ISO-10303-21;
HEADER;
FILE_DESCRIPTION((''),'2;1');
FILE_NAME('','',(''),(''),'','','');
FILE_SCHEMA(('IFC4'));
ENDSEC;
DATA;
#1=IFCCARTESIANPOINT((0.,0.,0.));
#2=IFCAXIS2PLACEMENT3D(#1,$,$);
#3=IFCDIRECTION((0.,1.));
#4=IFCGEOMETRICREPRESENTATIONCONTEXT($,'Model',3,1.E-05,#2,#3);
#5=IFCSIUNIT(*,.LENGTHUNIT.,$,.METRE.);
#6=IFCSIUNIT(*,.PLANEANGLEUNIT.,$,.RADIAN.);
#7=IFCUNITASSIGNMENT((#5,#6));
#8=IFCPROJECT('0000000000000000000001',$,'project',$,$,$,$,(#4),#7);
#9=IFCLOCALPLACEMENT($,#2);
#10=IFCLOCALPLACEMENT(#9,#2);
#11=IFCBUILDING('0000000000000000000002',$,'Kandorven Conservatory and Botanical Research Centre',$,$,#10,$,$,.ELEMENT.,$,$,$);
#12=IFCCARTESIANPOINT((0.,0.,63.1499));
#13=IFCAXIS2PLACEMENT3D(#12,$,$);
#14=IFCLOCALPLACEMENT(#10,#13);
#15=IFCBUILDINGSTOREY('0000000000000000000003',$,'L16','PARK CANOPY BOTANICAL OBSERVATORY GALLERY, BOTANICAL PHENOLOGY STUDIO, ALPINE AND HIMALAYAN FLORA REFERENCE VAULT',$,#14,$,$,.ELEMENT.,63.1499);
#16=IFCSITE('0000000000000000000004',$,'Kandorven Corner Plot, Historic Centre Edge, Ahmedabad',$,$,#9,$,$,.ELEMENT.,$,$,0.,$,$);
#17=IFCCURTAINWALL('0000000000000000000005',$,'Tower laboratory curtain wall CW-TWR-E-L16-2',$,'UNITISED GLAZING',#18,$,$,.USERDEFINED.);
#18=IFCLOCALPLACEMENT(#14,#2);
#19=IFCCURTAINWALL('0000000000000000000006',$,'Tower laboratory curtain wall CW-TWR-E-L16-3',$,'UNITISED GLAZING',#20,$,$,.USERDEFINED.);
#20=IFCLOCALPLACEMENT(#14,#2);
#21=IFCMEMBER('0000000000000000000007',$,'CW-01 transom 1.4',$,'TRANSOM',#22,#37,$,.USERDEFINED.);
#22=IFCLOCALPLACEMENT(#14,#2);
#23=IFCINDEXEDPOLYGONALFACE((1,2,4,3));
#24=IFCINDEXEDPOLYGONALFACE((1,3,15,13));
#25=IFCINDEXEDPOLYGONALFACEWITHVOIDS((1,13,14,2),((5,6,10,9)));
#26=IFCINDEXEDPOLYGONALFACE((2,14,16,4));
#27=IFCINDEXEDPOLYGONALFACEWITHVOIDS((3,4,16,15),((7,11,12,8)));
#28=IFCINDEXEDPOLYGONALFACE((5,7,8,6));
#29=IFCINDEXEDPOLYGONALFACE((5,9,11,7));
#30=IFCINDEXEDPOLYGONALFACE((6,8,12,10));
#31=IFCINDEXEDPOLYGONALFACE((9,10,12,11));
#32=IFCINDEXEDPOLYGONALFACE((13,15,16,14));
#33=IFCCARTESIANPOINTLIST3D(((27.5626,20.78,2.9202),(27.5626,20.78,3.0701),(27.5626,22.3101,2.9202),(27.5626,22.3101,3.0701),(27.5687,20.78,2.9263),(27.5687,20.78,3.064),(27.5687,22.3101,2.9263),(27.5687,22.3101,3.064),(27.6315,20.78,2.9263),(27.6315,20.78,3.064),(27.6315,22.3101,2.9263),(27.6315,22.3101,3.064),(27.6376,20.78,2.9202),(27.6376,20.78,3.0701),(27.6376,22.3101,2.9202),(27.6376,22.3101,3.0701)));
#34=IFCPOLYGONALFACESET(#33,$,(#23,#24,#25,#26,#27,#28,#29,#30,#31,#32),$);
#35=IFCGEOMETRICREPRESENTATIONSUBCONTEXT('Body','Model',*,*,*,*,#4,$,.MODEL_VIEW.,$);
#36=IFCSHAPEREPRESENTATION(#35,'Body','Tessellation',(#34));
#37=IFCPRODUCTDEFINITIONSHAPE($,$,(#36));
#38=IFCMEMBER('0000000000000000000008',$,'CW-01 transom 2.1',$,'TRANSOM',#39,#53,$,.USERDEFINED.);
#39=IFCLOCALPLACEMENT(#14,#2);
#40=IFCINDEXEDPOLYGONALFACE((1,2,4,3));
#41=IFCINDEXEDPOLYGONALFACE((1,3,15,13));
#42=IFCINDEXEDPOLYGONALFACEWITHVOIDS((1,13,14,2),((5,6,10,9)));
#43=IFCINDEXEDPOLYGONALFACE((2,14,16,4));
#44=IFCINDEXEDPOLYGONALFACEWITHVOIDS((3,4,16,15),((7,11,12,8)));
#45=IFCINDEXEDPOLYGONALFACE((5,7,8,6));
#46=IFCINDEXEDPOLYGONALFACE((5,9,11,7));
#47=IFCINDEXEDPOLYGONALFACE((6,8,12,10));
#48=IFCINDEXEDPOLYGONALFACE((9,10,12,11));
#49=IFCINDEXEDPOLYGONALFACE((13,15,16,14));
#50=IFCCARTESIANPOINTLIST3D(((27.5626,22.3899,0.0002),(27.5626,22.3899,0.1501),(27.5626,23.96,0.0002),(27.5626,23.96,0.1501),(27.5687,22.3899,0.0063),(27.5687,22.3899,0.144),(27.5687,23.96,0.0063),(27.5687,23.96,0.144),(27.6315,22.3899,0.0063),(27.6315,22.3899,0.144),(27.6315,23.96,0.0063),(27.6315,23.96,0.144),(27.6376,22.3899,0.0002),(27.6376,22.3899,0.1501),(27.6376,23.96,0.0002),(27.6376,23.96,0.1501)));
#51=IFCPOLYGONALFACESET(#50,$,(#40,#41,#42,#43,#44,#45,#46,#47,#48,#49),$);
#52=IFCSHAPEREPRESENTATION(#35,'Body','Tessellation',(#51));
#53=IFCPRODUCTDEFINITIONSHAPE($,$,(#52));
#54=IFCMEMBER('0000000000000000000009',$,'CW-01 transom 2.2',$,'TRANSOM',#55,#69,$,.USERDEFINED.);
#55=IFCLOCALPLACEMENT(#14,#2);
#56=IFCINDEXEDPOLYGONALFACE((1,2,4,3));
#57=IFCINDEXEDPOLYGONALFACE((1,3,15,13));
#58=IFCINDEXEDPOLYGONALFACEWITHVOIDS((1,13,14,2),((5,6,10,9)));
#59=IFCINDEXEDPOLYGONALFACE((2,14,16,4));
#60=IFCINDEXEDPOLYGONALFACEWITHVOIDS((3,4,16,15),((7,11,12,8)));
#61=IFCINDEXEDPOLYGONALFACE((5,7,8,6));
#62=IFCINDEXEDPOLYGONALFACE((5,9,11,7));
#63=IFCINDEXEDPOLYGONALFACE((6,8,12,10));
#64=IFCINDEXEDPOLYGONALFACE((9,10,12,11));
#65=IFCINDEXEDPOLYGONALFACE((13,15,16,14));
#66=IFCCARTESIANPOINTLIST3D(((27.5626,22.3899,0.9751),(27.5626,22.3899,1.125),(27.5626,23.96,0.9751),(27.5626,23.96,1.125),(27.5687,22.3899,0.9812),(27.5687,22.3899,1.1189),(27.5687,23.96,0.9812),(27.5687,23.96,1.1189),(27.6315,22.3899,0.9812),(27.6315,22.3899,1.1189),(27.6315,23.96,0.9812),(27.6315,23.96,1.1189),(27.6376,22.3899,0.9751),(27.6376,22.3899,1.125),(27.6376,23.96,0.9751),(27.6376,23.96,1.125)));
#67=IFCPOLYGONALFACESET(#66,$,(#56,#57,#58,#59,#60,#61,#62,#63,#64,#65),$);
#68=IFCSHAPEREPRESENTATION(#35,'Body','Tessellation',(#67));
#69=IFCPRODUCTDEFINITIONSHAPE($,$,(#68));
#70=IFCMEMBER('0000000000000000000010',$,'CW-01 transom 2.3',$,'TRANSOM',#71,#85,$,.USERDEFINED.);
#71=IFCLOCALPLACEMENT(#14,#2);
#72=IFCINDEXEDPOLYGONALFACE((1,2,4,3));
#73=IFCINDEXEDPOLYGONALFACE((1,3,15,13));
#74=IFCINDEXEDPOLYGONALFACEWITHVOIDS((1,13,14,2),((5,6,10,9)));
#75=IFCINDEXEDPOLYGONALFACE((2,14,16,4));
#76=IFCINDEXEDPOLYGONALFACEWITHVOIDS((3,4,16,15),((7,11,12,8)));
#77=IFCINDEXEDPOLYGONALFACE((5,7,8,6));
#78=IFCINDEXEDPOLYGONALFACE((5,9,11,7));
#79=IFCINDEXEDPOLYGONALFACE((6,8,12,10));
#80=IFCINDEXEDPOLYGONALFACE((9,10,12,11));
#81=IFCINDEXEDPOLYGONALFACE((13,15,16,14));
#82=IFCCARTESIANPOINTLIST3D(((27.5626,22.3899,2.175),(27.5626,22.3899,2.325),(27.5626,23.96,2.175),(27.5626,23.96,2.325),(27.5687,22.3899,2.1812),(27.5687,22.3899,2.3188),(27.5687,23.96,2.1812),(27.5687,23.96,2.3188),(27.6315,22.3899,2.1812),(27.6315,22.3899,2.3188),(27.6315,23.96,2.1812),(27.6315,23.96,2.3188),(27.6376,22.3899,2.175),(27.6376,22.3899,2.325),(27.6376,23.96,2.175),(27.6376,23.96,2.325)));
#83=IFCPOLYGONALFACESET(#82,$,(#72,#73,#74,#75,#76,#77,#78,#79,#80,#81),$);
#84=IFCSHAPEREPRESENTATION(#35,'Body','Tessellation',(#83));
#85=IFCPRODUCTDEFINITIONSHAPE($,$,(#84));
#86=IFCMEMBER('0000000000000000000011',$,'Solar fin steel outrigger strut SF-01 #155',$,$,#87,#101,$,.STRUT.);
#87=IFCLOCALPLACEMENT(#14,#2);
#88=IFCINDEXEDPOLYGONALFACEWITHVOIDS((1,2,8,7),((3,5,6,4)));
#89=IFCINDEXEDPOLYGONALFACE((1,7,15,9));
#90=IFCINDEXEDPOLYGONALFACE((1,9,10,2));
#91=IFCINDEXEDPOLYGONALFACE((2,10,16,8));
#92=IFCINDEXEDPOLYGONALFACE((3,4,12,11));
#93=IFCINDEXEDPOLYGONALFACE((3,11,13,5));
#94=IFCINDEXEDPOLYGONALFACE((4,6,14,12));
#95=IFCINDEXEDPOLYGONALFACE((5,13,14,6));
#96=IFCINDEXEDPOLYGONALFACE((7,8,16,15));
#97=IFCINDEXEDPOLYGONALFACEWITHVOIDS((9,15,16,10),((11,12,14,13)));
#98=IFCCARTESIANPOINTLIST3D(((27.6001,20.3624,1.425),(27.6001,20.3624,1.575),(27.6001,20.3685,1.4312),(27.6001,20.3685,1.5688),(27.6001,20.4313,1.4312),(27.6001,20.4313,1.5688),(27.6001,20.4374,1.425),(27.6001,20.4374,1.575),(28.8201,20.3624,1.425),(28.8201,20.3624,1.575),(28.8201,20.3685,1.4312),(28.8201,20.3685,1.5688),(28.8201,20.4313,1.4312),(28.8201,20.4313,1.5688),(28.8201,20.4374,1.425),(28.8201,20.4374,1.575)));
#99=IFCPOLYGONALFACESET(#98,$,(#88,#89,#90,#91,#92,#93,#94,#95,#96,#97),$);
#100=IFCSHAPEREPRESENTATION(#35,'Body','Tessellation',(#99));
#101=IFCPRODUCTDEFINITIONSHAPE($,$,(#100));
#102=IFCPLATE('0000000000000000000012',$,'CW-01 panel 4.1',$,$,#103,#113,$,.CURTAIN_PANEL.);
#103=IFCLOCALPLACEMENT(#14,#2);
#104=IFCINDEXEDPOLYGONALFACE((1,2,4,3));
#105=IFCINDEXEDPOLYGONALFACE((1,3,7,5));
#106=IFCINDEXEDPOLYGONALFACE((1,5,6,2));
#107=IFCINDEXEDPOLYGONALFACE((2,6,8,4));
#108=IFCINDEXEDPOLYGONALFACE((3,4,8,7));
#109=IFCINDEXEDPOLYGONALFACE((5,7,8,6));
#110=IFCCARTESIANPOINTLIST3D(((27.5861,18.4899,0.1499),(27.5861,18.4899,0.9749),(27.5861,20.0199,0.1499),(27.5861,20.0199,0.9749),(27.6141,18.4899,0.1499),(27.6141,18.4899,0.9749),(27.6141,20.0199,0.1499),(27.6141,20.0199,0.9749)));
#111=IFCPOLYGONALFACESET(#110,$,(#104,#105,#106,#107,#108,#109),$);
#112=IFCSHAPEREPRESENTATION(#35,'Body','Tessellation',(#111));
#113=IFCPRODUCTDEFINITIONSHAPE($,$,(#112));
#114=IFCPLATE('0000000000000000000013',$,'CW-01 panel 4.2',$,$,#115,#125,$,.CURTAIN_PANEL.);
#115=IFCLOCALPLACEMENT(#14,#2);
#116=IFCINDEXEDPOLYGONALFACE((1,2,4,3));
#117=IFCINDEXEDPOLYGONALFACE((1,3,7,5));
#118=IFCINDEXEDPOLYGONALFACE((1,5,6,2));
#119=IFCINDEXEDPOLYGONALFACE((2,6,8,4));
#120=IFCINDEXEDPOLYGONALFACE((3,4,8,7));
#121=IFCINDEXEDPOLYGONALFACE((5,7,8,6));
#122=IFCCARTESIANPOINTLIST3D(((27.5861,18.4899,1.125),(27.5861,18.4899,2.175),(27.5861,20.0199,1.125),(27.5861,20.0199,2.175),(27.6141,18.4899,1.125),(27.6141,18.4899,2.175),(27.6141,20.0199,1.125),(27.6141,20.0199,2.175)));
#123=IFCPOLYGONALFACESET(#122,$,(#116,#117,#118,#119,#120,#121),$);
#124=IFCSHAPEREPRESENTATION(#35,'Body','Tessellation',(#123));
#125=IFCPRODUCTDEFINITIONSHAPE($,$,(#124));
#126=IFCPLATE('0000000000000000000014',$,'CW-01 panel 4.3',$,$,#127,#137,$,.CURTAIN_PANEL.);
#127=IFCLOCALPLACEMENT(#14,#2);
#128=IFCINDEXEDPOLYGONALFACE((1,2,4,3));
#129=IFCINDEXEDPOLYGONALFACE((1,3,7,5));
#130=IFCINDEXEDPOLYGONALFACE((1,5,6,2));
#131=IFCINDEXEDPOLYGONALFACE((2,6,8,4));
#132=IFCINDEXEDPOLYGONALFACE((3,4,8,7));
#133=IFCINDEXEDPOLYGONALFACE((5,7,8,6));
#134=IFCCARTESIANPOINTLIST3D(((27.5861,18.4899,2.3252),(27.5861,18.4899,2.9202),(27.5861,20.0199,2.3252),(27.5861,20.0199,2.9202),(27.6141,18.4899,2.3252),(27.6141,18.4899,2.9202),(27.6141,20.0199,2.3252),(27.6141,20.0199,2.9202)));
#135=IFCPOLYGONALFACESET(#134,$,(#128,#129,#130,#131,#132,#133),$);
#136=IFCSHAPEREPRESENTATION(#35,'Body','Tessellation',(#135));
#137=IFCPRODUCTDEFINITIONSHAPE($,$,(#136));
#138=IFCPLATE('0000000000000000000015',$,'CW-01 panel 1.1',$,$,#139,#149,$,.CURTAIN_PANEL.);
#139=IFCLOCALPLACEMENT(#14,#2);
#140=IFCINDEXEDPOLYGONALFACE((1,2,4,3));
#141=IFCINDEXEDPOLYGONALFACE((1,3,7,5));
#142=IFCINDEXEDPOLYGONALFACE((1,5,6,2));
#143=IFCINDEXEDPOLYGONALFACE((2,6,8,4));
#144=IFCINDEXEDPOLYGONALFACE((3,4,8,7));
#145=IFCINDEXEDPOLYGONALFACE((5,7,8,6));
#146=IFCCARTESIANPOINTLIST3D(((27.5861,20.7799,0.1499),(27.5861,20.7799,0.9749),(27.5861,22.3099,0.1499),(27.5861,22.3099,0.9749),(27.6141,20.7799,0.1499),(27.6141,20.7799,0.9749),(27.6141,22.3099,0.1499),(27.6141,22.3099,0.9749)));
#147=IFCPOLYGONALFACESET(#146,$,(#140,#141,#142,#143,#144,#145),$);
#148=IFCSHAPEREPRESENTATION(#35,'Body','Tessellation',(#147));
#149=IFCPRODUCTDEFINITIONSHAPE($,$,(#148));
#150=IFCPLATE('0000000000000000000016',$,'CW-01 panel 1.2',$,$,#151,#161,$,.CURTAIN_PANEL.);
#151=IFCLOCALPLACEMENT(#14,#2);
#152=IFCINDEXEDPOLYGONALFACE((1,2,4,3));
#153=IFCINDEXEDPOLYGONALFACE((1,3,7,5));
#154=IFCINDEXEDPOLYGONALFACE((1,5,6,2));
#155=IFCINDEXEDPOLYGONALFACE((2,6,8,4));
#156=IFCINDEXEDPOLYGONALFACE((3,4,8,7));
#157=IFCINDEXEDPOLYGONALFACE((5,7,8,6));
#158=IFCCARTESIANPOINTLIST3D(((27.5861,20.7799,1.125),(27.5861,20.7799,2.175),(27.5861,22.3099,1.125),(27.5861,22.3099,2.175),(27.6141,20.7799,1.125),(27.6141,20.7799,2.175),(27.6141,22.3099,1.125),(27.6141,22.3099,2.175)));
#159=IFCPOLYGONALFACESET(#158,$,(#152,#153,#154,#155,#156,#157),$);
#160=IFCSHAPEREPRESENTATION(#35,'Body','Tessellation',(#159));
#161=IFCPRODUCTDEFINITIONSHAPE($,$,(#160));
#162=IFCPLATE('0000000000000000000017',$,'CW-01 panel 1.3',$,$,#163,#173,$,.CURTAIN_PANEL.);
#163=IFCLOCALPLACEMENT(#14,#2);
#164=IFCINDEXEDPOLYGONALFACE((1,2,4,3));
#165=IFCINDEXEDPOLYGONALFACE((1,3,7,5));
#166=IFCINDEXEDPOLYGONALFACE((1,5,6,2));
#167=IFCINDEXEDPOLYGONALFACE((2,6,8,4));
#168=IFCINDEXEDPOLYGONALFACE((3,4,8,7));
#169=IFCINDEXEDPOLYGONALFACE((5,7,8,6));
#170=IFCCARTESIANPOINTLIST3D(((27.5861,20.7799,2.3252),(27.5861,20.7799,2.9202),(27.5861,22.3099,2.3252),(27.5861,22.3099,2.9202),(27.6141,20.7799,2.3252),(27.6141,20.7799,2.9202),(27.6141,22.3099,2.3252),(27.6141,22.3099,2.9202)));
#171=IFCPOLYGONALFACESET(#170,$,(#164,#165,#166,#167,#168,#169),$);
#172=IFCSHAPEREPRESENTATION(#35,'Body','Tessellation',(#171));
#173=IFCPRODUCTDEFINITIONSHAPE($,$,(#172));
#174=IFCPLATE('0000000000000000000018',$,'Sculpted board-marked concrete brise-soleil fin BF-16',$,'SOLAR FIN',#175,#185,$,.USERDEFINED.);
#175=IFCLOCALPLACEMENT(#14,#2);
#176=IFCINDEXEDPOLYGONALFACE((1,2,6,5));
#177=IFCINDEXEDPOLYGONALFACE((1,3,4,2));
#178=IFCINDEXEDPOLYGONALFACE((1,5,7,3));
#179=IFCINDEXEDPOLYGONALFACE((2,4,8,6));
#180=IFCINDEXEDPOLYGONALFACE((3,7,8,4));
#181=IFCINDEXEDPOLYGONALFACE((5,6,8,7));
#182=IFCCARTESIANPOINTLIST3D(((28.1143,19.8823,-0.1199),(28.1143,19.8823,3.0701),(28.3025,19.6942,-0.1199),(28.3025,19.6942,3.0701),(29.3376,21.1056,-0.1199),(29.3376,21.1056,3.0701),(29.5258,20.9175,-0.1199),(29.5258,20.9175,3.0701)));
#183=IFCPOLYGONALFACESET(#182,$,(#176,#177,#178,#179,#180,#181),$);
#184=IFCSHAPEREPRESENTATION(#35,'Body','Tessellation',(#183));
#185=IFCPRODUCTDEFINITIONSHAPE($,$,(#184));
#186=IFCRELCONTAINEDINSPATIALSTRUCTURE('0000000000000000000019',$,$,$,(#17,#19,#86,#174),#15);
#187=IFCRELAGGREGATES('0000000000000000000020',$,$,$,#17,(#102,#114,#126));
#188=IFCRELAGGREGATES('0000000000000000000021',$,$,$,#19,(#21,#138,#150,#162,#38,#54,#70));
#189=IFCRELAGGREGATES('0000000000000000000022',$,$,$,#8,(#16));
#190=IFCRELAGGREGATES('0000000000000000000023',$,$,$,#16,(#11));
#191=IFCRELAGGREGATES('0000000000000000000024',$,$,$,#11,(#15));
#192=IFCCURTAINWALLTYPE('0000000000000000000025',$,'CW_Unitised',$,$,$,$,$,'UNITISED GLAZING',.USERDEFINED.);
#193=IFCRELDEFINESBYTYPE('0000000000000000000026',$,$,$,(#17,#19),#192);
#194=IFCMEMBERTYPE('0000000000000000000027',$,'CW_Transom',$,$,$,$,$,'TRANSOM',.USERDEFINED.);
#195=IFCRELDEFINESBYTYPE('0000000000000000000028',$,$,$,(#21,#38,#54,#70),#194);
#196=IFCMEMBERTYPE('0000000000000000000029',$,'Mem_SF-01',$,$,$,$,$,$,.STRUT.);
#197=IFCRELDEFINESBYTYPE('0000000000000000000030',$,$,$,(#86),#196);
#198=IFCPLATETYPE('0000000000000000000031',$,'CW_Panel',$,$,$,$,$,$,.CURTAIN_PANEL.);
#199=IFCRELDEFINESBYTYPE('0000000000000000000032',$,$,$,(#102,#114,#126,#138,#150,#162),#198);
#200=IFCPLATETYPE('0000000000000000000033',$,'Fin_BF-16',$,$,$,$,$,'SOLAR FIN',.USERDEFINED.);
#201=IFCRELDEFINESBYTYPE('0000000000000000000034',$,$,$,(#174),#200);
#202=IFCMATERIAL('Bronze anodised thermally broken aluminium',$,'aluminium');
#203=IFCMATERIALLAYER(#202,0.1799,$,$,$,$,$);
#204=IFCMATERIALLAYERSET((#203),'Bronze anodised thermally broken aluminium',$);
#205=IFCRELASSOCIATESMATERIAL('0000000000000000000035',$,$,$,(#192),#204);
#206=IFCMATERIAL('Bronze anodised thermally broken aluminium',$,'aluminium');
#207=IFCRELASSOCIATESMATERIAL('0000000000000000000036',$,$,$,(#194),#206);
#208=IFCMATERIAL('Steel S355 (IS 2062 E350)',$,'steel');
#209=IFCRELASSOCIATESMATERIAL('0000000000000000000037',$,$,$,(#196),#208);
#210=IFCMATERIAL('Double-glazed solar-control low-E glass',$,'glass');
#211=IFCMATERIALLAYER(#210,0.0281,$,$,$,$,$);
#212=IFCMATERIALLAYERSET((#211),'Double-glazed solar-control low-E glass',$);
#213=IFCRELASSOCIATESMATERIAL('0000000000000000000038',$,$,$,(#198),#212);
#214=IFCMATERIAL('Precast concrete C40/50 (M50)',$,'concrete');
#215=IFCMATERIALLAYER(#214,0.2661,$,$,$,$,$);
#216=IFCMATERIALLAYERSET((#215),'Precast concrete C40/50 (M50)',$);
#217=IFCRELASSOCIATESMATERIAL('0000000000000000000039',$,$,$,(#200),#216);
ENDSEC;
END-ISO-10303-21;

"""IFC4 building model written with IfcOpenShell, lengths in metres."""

from ifc_helpers import new_model, si_unit, direction, frame, origin, origin_2d, place, context, subcontext, project, spatial, rectangle, hollow_rectangle, extrude, material, layer, layer_set, material_profile, profile_set, type_object, element, aggregate, save


model = new_model("IFC4")

# Units and contexts
model_context = context("Model", 3, precision=1e-05, world=origin(), true_north=direction((0.0, 1.0)))
body_context = subcontext(model_context, "Body", "Model", "MODEL_VIEW")
ifc_project = project(units=[si_unit("LENGTHUNIT", "METRE"), si_unit("PLANEANGLEUNIT", "RADIAN")], contexts=[model_context])

# Site, building, storey
site_placement = place(None, origin())
site = spatial("IfcSite", under=ifc_project, at=site_placement, Name="Kandorven Corner Plot, Historic Centre Edge, Ahmedabad", CompositionType="ELEMENT", RefElevation=0.0)
building_placement = place(site_placement, origin())
building = spatial("IfcBuilding", under=site, at=building_placement, Name="Kandorven Conservatory and Botanical Research Centre", CompositionType="ELEMENT")
storey_placement = place(building_placement, frame((0.0, 0.0, 63.1499)))
storey = spatial("IfcBuildingStorey", under=building, at=storey_placement, Name="L16", Description="PARK CANOPY BOTANICAL OBSERVATORY GALLERY, BOTANICAL PHENOLOGY STUDIO, ALPINE AND HIMALAYAN FLORA REFERENCE VAULT", CompositionType="ELEMENT", Elevation=63.1499)

# Curtain wall
ifc_material_1 = material(Name="Bronze anodised thermally broken aluminium", Category="aluminium")
ifc_layer_1 = layer(ifc_material_1, 0.1799)
ifc_layer_set_1 = layer_set([ifc_layer_1], Name="Bronze anodised thermally broken aluminium")
curtain_wall_type = type_object("IfcCurtainWallType", Name="CW_Unitised", ElementType="UNITISED GLAZING", PredefinedType="USERDEFINED", material=ifc_layer_set_1)
curtain_wall_1_placement = place(storey_placement, origin())
curtain_wall_1 = element("IfcCurtainWall", 1, at=curtain_wall_1_placement, inside=storey, type_object=curtain_wall_type, Name="Tower laboratory curtain wall CW-TWR-E-L16-2", ObjectType="UNITISED GLAZING", PredefinedType="USERDEFINED")

# Curtain wall
curtain_wall_2_placement = place(storey_placement, origin())
curtain_wall_2 = element("IfcCurtainWall", 2, at=curtain_wall_2_placement, inside=storey, type_object=curtain_wall_type, Name="Tower laboratory curtain wall CW-TWR-E-L16-3", ObjectType="UNITISED GLAZING", PredefinedType="USERDEFINED")

# Members
ifc_material_2 = material(Name="Bronze anodised thermally broken aluminium", Category="aluminium")
ifc_material_profile_1 = material_profile(ifc_material_2, hollow_rectangle(XDim=0.075, YDim=0.1499, WallThickness=0.0061, at=origin_2d()))
ifc_profile_set_1 = profile_set([ifc_material_profile_1], Name="Bronze anodised thermally broken aluminium")
member_type_1 = type_object("IfcMemberType", Name="CW_Transom", ElementType="TRANSOM", PredefinedType="USERDEFINED", material=ifc_profile_set_1)
member_1_placement = place(storey_placement, frame((27.6001, 20.78, 2.9951), z_axis=(0.0, 1.0, 0.0), x_axis=(-1.0, 0.0, 0.0)))
member_1 = element("IfcMember", 3, at=member_1_placement, type_object=member_type_1, Name="CW-01 transom 1.4", ObjectType="TRANSOM", PredefinedType="USERDEFINED", context=body_context, shape_type="SweptSolid", body=[
    extrude(hollow_rectangle(XDim=0.075, YDim=0.1499, WallThickness=0.0061, at=origin_2d()), origin(), (0.0, 0.0, 1.0), 1.53),
])
member_2_placement = place(storey_placement, frame((27.6001, 22.3899, 0.0752), z_axis=(0.0, 1.0, 0.0), x_axis=(-1.0, 0.0, 0.0)))
member_2 = element("IfcMember", 4, at=member_2_placement, type_object=member_type_1, Name="CW-01 transom 2.1", ObjectType="TRANSOM", PredefinedType="USERDEFINED", context=body_context, shape_type="SweptSolid", body=[
    extrude(hollow_rectangle(XDim=0.075, YDim=0.1499, WallThickness=0.0061, at=origin_2d()), origin(), (0.0, 0.0, 1.0), 1.5701),
])
member_3_placement = place(storey_placement, frame((27.6001, 22.3899, 1.05), z_axis=(0.0, 1.0, 0.0), x_axis=(-1.0, 0.0, 0.0)))
member_3 = element("IfcMember", 5, at=member_3_placement, type_object=member_type_1, Name="CW-01 transom 2.2", ObjectType="TRANSOM", PredefinedType="USERDEFINED", context=body_context, shape_type="SweptSolid", body=[
    extrude(hollow_rectangle(XDim=0.075, YDim=0.1499, WallThickness=0.0061, at=origin_2d()), origin(), (0.0, 0.0, 1.0), 1.5701),
])
member_4_placement = place(storey_placement, frame((27.6001, 22.3899, 2.25), z_axis=(0.0, 1.0, 0.0), x_axis=(-1.0, 0.0, 0.0)))
member_4 = element("IfcMember", 6, at=member_4_placement, type_object=member_type_1, Name="CW-01 transom 2.3", ObjectType="TRANSOM", PredefinedType="USERDEFINED", context=body_context, shape_type="SweptSolid", body=[
    extrude(hollow_rectangle(XDim=0.075, YDim=0.1499, WallThickness=0.0061, at=origin_2d()), origin(), (0.0, 0.0, 1.0), 1.5701),
])
ifc_material_3 = material(Name="Steel S355 (IS 2062 E350)", Category="steel")
ifc_material_profile_2 = material_profile(ifc_material_3, hollow_rectangle(XDim=0.075, YDim=0.1499, WallThickness=0.0061, at=origin_2d()))
ifc_profile_set_2 = profile_set([ifc_material_profile_2], Name="Steel S355 (IS 2062 E350)")
member_type_2 = type_object("IfcMemberType", Name="Mem_SF-01", PredefinedType="STRUT", material=ifc_profile_set_2)
member_5_placement = place(storey_placement, frame((27.6001, 20.3999, 1.5), z_axis=(1.0, 0.0, 0.0), x_axis=(0.0, 1.0, 0.0)))
element("IfcMember", 7, at=member_5_placement, inside=storey, type_object=member_type_2, Name="Solar fin steel outrigger strut SF-01 #155", PredefinedType="STRUT", context=body_context, shape_type="SweptSolid", body=[
    extrude(hollow_rectangle(XDim=0.075, YDim=0.1499, WallThickness=0.0061, at=origin_2d()), origin(), (0.0, 0.0, 1.0), 1.22),
])

# Plates
ifc_material_4 = material(Name="Double-glazed solar-control low-E glass", Category="glass")
ifc_layer_2 = layer(ifc_material_4, 0.0281)
ifc_layer_set_2 = layer_set([ifc_layer_2], Name="Double-glazed solar-control low-E glass")
plate_type_1 = type_object("IfcPlateType", Name="CW_Panel", PredefinedType="CURTAIN_PANEL", material=ifc_layer_set_2)
plate_1_placement = place(storey_placement, frame((27.6001, 19.2549, 0.1499), z_axis=(0.0, 0.0, 1.0), x_axis=(0.0, 1.0, 0.0)))
plate_1 = element("IfcPlate", 8, at=plate_1_placement, type_object=plate_type_1, Name="CW-01 panel 4.1", PredefinedType="CURTAIN_PANEL", context=body_context, shape_type="SweptSolid", body=[
    extrude(rectangle(XDim=1.53, YDim=0.0281, at=origin_2d()), origin(), (0.0, 0.0, 1.0), 0.825),
])
plate_2_placement = place(storey_placement, frame((27.6001, 19.2549, 1.125), z_axis=(0.0, 0.0, 1.0), x_axis=(0.0, 1.0, 0.0)))
plate_2 = element("IfcPlate", 9, at=plate_2_placement, type_object=plate_type_1, Name="CW-01 panel 4.2", PredefinedType="CURTAIN_PANEL", context=body_context, shape_type="SweptSolid", body=[
    extrude(rectangle(XDim=1.53, YDim=0.0281, at=origin_2d()), origin(), (0.0, 0.0, 1.0), 1.05),
])
plate_3_placement = place(storey_placement, frame((27.6001, 19.2549, 2.3252), z_axis=(0.0, 0.0, 1.0), x_axis=(0.0, 1.0, 0.0)))
plate_3 = element("IfcPlate", 10, at=plate_3_placement, type_object=plate_type_1, Name="CW-01 panel 4.3", PredefinedType="CURTAIN_PANEL", context=body_context, shape_type="SweptSolid", body=[
    extrude(rectangle(XDim=1.53, YDim=0.0281, at=origin_2d()), origin(), (0.0, 0.0, 1.0), 0.595),
])
aggregate(curtain_wall_1, [plate_1, plate_2, plate_3])
plate_4_placement = place(storey_placement, frame((27.6001, 21.5449, 0.1499), z_axis=(0.0, 0.0, 1.0), x_axis=(0.0, 1.0, 0.0)))
plate_4 = element("IfcPlate", 11, at=plate_4_placement, type_object=plate_type_1, Name="CW-01 panel 1.1", PredefinedType="CURTAIN_PANEL", context=body_context, shape_type="SweptSolid", body=[
    extrude(rectangle(XDim=1.53, YDim=0.0281, at=origin_2d()), origin(), (0.0, 0.0, 1.0), 0.825),
])
plate_5_placement = place(storey_placement, frame((27.6001, 21.5449, 1.125), z_axis=(0.0, 0.0, 1.0), x_axis=(0.0, 1.0, 0.0)))
plate_5 = element("IfcPlate", 12, at=plate_5_placement, type_object=plate_type_1, Name="CW-01 panel 1.2", PredefinedType="CURTAIN_PANEL", context=body_context, shape_type="SweptSolid", body=[
    extrude(rectangle(XDim=1.53, YDim=0.0281, at=origin_2d()), origin(), (0.0, 0.0, 1.0), 1.05),
])
plate_6_placement = place(storey_placement, frame((27.6001, 21.5449, 2.3252), z_axis=(0.0, 0.0, 1.0), x_axis=(0.0, 1.0, 0.0)))
plate_6 = element("IfcPlate", 13, at=plate_6_placement, type_object=plate_type_1, Name="CW-01 panel 1.3", PredefinedType="CURTAIN_PANEL", context=body_context, shape_type="SweptSolid", body=[
    extrude(rectangle(XDim=1.53, YDim=0.0281, at=origin_2d()), origin(), (0.0, 0.0, 1.0), 0.595),
])
aggregate(curtain_wall_2, [member_1, plate_4, plate_5, plate_6, member_2, member_3, member_4])
ifc_material_5 = material(Name="Precast concrete C40/50 (M50)", Category="concrete")
ifc_layer_3 = layer(ifc_material_5, 0.2661)
ifc_layer_set_3 = layer_set([ifc_layer_3], Name="Precast concrete C40/50 (M50)")
plate_type_2 = type_object("IfcPlateType", Name="Fin_BF-16", ElementType="SOLAR FIN", PredefinedType="USERDEFINED", material=ifc_layer_set_3)
plate_7_placement = place(storey_placement, frame((28.8201, 20.3999, -0.1199), z_axis=(0.0, 0.0, 1.0), x_axis=(0.707107, 0.707107, 0.0)))
element("IfcPlate", 14, at=plate_7_placement, inside=storey, type_object=plate_type_2, Name="Sculpted board-marked concrete brise-soleil fin BF-16", ObjectType="SOLAR FIN", PredefinedType="USERDEFINED", context=body_context, shape_type="SweptSolid", body=[
    extrude(rectangle(XDim=1.73, YDim=0.2661, at=origin_2d()), origin(), (0.0, 0.0, 1.0), 3.1899),
])

save(model, "model.ifc")
